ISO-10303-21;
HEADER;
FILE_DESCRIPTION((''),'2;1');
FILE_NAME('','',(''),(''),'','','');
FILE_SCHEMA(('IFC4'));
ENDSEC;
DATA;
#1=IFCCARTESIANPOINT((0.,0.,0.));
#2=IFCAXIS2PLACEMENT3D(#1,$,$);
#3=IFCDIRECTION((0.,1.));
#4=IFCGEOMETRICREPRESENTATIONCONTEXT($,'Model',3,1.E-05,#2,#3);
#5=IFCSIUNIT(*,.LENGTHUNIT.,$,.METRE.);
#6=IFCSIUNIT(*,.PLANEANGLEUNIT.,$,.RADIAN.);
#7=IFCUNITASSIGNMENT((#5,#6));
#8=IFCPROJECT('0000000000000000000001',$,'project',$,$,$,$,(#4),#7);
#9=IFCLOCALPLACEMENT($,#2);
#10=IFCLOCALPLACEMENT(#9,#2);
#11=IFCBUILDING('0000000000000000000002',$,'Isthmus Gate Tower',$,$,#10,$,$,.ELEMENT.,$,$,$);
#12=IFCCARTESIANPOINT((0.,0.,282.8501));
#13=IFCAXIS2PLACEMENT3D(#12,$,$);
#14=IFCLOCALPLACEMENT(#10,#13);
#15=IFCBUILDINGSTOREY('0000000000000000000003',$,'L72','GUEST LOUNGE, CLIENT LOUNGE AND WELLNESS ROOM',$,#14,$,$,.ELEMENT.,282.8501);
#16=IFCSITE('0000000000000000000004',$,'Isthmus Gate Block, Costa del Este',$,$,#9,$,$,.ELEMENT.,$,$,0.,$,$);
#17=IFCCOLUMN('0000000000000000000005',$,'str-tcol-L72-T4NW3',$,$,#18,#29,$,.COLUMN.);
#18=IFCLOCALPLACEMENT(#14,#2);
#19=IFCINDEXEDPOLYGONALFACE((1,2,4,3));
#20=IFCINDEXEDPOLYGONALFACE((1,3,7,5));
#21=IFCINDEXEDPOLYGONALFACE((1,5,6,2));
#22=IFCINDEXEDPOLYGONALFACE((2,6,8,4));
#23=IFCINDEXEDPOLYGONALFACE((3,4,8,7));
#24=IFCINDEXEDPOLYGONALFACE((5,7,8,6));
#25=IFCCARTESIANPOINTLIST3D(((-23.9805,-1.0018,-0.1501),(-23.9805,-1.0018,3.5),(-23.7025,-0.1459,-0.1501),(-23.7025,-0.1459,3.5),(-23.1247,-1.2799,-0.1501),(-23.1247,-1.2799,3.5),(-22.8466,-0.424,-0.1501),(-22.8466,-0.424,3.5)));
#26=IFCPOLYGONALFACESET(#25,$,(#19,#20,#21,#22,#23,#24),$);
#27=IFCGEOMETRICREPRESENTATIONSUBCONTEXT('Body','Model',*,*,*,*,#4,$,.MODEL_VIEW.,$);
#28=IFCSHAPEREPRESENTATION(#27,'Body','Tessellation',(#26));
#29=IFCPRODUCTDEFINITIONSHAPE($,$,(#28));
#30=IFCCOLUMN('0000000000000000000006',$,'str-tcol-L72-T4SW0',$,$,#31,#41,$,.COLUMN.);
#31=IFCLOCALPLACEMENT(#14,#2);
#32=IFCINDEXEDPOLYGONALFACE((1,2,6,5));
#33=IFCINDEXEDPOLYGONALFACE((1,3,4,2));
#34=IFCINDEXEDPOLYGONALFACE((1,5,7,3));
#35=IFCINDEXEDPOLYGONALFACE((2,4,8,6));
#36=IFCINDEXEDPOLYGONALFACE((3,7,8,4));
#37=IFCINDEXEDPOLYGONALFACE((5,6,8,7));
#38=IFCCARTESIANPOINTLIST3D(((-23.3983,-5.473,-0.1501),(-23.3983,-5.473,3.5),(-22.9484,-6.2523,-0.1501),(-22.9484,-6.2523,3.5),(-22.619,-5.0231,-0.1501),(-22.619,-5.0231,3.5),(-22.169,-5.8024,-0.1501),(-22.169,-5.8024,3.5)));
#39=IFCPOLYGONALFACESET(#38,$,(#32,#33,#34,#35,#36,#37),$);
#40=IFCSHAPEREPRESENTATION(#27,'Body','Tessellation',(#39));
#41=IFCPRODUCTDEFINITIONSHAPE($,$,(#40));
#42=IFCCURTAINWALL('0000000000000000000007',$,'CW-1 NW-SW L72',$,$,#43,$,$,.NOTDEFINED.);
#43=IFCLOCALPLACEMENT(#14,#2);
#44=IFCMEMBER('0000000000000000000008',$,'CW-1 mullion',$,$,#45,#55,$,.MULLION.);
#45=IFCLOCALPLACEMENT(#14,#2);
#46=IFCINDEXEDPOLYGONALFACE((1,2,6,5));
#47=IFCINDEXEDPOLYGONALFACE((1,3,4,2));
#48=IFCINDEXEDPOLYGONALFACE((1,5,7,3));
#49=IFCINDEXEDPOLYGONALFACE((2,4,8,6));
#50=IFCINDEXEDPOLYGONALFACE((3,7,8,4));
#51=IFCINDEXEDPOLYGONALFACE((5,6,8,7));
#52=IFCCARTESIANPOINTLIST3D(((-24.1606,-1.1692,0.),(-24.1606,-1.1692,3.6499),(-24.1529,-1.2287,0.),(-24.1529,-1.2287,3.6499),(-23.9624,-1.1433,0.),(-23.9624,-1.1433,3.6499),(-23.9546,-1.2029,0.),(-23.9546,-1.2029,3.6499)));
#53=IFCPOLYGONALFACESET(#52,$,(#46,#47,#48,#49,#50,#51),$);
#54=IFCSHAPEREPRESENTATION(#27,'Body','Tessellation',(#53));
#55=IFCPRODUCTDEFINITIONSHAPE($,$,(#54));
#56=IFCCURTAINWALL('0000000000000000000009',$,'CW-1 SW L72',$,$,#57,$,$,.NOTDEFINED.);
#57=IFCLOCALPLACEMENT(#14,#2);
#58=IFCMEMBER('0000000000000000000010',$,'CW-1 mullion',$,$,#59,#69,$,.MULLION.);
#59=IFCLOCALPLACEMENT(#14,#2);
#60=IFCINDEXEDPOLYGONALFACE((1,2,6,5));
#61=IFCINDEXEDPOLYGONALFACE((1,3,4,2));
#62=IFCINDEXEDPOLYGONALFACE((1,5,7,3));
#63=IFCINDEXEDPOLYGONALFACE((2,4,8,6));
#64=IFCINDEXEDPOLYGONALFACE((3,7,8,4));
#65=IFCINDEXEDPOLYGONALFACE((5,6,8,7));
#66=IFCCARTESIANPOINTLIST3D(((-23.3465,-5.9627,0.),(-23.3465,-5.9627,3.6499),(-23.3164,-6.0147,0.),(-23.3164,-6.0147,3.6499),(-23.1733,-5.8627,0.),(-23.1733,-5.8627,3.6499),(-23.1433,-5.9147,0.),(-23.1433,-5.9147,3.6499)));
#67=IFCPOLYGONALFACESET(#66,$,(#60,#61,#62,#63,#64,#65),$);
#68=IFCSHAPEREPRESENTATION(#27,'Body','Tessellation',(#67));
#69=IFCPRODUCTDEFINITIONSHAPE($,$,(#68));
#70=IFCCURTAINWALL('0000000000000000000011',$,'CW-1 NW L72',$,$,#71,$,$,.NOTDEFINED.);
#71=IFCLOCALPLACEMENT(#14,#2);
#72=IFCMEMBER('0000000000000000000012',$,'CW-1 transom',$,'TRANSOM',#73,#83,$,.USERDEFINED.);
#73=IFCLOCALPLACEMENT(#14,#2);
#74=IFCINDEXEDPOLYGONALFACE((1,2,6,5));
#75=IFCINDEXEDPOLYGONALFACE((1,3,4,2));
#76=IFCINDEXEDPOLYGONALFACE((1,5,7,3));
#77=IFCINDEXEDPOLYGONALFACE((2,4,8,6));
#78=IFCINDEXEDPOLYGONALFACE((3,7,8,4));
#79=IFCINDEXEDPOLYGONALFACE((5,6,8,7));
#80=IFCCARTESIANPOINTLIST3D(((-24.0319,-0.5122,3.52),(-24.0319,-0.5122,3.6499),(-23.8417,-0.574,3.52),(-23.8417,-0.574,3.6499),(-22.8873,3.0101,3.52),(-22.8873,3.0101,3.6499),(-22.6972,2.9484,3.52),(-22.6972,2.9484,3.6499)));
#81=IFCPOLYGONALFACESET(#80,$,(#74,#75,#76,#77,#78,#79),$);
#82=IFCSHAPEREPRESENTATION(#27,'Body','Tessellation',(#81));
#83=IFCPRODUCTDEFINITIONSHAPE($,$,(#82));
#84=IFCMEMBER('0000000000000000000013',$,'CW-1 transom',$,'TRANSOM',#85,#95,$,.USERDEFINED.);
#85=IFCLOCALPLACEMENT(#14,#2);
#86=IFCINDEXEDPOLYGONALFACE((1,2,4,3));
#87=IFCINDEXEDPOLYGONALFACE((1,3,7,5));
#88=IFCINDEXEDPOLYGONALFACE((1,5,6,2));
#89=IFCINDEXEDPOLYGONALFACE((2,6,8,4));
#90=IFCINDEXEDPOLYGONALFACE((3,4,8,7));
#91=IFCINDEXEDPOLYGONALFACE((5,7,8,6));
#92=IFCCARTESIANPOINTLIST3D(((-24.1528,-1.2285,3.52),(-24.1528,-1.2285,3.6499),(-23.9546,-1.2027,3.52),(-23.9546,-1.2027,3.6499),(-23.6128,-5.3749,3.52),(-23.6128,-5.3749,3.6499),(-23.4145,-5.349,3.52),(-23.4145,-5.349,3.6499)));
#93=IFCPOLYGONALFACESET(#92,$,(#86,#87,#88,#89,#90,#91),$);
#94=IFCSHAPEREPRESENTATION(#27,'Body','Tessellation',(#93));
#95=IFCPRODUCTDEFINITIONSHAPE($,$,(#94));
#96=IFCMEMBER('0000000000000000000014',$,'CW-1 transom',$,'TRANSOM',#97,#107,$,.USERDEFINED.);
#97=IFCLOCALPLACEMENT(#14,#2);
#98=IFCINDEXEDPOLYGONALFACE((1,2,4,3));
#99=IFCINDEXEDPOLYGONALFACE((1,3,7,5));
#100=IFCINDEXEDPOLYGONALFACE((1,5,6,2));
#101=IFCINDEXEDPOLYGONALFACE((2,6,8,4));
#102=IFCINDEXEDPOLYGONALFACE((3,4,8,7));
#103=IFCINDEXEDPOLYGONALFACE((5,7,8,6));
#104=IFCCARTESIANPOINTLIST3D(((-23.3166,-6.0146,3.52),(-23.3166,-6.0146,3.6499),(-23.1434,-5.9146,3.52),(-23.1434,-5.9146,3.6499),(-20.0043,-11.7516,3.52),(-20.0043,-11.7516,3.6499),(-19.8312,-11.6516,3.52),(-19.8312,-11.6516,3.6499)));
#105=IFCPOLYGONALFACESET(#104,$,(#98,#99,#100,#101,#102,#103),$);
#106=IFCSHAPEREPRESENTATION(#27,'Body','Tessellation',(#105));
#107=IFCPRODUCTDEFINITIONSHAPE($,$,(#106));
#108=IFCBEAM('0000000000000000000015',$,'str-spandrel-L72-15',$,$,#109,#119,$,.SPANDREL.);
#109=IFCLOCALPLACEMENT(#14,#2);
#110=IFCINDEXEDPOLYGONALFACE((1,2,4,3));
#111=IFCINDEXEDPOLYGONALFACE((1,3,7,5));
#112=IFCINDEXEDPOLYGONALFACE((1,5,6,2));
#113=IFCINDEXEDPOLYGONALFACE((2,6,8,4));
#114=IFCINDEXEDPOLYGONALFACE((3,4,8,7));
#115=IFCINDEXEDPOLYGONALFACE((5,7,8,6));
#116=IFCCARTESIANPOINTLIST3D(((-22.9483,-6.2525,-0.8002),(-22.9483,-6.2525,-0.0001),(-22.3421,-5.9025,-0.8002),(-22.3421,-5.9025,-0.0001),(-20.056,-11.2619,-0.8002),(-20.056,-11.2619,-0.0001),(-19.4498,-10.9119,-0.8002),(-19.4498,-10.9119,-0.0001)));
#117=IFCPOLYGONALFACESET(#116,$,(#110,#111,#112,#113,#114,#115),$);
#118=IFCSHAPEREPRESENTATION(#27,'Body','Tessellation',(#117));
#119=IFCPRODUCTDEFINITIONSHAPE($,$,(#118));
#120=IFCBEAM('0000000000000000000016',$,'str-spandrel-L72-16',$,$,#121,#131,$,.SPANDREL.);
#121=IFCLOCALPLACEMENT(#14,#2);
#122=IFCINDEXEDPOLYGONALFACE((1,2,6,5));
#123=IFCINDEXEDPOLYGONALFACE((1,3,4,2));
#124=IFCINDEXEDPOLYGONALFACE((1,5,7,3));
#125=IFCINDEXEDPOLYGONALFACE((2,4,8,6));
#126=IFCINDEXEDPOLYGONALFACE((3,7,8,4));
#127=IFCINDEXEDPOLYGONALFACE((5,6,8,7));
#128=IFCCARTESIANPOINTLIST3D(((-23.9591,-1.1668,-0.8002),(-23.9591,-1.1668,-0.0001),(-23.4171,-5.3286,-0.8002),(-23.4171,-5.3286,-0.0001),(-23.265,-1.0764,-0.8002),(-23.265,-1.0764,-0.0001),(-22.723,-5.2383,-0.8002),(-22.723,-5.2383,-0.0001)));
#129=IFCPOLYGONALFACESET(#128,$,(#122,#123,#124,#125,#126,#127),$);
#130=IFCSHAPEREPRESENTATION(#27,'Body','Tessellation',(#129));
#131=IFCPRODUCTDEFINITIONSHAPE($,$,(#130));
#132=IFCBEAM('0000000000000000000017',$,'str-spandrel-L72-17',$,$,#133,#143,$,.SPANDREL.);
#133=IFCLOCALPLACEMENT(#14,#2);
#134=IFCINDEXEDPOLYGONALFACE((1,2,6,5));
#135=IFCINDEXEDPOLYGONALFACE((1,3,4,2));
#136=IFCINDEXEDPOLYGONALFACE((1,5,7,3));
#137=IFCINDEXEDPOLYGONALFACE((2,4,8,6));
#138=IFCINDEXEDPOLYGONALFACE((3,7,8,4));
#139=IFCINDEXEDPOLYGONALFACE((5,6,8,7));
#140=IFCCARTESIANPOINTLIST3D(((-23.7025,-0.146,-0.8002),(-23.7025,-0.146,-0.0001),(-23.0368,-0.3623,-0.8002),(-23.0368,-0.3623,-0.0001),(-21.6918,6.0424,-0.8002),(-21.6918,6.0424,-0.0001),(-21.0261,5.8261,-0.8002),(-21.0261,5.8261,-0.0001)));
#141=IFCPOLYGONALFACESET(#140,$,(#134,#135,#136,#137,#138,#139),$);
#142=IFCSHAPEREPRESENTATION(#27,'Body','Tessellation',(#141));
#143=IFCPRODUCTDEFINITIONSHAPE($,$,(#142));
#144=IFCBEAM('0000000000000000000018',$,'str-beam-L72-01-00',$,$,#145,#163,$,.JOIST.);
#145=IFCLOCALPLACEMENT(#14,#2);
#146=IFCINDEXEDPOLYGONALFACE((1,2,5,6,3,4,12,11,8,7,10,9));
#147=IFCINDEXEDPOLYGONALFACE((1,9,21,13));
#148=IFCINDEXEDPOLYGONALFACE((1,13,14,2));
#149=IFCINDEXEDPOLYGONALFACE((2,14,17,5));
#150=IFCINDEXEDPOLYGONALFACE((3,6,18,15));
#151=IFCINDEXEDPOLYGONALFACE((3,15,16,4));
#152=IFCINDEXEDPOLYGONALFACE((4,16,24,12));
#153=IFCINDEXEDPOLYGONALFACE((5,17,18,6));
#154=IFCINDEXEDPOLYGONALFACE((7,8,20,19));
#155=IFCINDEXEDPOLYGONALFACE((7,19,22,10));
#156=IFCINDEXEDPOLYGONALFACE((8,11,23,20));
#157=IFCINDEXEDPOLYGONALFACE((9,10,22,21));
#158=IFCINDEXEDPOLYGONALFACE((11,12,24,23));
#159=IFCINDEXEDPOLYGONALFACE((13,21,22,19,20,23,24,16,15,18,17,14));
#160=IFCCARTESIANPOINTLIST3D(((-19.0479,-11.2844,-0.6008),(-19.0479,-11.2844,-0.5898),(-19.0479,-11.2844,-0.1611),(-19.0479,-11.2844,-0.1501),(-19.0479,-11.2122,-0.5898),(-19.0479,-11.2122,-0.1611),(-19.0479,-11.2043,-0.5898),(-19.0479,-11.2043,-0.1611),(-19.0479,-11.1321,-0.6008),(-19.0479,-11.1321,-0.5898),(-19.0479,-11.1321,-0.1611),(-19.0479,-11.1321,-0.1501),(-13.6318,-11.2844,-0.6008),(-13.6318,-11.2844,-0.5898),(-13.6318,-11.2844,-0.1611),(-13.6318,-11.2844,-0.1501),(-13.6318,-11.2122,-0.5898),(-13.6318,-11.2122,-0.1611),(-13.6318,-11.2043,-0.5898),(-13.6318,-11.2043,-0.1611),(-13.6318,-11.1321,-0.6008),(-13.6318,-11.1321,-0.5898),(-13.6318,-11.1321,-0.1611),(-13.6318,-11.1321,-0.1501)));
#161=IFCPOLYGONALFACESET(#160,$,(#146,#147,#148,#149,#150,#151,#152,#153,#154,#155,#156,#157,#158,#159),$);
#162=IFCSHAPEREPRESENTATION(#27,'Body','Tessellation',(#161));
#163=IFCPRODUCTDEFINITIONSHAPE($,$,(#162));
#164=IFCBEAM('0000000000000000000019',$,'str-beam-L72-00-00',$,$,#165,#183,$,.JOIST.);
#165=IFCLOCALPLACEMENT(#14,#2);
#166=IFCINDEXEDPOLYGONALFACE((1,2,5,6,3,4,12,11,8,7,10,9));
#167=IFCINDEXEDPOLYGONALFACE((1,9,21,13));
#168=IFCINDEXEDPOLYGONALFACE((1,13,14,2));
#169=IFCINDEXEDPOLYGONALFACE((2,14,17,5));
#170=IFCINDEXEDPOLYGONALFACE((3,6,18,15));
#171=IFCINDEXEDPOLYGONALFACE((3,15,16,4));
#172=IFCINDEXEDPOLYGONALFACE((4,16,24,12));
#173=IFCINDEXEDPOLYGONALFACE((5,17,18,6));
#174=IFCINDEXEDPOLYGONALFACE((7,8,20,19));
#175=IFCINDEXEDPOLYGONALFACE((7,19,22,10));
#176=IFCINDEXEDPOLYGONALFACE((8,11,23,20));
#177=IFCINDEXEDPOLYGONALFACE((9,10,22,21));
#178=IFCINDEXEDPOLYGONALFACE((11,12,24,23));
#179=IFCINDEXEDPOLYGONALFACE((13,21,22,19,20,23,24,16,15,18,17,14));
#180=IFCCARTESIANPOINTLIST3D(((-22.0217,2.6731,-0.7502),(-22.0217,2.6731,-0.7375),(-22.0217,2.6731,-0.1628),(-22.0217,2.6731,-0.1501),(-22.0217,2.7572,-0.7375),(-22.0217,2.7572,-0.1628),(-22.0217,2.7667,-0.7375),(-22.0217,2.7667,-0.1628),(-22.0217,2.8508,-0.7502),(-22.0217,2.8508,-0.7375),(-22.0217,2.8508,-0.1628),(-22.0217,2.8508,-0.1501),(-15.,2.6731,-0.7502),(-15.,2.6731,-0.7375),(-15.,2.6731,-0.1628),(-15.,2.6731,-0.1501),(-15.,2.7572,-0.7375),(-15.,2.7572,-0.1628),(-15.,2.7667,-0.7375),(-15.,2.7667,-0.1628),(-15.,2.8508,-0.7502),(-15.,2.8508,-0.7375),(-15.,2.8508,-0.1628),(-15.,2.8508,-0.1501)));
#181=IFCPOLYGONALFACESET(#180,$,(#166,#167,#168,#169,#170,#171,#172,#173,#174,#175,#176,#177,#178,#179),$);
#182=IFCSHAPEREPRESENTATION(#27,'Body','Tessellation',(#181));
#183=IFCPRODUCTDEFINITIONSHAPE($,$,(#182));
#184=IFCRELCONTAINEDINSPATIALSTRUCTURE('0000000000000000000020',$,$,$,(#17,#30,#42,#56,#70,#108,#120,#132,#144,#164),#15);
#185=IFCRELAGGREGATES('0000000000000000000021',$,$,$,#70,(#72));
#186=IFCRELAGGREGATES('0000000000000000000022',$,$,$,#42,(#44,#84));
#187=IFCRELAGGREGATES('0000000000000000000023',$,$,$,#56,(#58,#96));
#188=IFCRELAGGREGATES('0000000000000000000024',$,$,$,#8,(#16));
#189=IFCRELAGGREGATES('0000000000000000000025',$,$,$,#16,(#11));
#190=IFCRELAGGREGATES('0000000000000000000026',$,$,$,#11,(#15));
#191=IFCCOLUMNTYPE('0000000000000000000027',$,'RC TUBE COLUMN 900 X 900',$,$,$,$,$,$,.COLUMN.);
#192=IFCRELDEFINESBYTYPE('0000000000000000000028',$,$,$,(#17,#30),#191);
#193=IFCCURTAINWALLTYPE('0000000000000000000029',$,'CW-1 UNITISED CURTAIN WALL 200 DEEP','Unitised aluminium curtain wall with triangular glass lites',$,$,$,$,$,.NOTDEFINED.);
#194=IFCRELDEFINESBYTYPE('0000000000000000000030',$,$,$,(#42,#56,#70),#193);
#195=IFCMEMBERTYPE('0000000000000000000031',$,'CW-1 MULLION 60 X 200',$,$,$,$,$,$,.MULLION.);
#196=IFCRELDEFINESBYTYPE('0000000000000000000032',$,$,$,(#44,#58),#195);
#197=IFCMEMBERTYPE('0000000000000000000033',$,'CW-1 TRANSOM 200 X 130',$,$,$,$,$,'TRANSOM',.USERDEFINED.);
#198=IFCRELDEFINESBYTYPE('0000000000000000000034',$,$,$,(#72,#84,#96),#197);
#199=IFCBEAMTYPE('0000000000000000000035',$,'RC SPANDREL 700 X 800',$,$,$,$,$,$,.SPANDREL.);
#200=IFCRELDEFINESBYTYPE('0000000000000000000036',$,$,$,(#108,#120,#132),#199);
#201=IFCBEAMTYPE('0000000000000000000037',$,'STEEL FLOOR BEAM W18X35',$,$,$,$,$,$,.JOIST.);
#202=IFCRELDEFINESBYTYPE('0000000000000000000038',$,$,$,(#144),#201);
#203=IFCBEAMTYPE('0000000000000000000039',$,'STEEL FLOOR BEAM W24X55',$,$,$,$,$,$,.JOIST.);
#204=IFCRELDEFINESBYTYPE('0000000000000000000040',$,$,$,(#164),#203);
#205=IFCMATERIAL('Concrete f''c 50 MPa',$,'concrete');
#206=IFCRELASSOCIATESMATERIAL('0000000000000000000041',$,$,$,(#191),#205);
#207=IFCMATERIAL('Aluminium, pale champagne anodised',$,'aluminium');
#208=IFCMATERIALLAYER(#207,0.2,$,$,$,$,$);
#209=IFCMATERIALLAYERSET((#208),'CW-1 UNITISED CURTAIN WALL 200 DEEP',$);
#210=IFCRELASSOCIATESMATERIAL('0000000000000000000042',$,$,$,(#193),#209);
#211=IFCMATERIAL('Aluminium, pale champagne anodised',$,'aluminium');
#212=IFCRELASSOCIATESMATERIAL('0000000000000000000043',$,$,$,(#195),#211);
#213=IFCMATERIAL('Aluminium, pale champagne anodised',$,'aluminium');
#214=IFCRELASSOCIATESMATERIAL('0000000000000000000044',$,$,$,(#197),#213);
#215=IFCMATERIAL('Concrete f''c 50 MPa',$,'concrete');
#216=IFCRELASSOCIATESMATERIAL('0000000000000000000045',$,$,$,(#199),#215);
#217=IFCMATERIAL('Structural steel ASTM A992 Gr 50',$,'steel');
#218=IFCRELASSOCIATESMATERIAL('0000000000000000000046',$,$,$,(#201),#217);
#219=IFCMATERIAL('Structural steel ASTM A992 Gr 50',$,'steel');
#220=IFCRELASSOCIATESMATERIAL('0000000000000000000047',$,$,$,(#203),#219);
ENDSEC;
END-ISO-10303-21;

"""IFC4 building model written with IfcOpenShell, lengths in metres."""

from ifc_helpers import new_model, si_unit, direction, frame, origin, origin_2d, place, context, subcontext, project, spatial, rectangle, i_section, extrude, material, layer, layer_set, material_profile, profile_set, type_object, element, aggregate, save


model = new_model("IFC4")

# Units and contexts
model_context = context("Model", 3, precision=1e-05, world=origin(), true_north=direction((0.0, 1.0)))
body_context = subcontext(model_context, "Body", "Model", "MODEL_VIEW")
ifc_project = project(units=[si_unit("LENGTHUNIT", "METRE"), si_unit("PLANEANGLEUNIT", "RADIAN")], contexts=[model_context])

# Site, building, storey
site_placement = place(None, origin())
site = spatial("IfcSite", under=ifc_project, at=site_placement, Name="Isthmus Gate Block, Costa del Este", CompositionType="ELEMENT", RefElevation=0.0)
building_placement = place(site_placement, origin())
building = spatial("IfcBuilding", under=site, at=building_placement, Name="Isthmus Gate Tower", CompositionType="ELEMENT")
storey_placement = place(building_placement, frame((0.0, 0.0, 282.8501)))
storey = spatial("IfcBuildingStorey", under=building, at=storey_placement, Name="L72", Description="GUEST LOUNGE, CLIENT LOUNGE AND WELLNESS ROOM", CompositionType="ELEMENT", Elevation=282.8501)

# Columns
ifc_material_1 = material(Name="Concrete f'c 50 MPa", Category="concrete")
ifc_material_profile_1 = material_profile(ifc_material_1, rectangle(XDim=0.8999, YDim=0.8999, at=origin_2d()), Name="RC 900X900")
ifc_profile_set_1 = profile_set([ifc_material_profile_1], Name="Concrete f'c 50 MPa")
column_type = type_object("IfcColumnType", Name="RC TUBE COLUMN 900 X 900", PredefinedType="COLUMN", material=ifc_profile_set_1)
for number, where, z_axis, x_axis, name in (
    (1, (-23.4136, -0.7129, -0.1501), (0.0, 0.0, 1.0), (-0.309017, -0.951057, 0.0), "str-tcol-L72-T4NW3"),
    (2, (-22.7837, -5.6377, -0.1501), (0.0, 0.0, 1.0), (0.5, -0.866025, 0.0), "str-tcol-L72-T4SW0"),
):
    element("IfcColumn", number, at=place(storey_placement, frame(where, z_axis=z_axis, x_axis=x_axis)), inside=storey, type_object=column_type, Name=name, PredefinedType="COLUMN", context=body_context, shape_type="SweptSolid", body=[
        extrude(rectangle(XDim=0.8999, YDim=0.8999, at=origin_2d()), origin(), (0.0, 0.0, 1.0), 3.6501),
    ])

# Curtain walls, members
ifc_material_2 = material(Name="Aluminium, pale champagne anodised", Category="aluminium")
ifc_layer_1 = layer(ifc_material_2, 0.2)
ifc_layer_set_1 = layer_set([ifc_layer_1], Name="CW-1 UNITISED CURTAIN WALL 200 DEEP")
curtain_wall_type = type_object("IfcCurtainWallType", Name="CW-1 UNITISED CURTAIN WALL 200 DEEP", Description="Unitised aluminium curtain wall with triangular glass lites", PredefinedType="NOTDEFINED", material=ifc_layer_set_1)
curtain_wall_1_placement = place(storey_placement, origin())
curtain_wall_1 = element("IfcCurtainWall", 3, at=curtain_wall_1_placement, inside=storey, type_object=curtain_wall_type, Name="CW-1 NW-SW L72", PredefinedType="NOTDEFINED")
ifc_material_3 = material(Name="Aluminium, pale champagne anodised", Category="aluminium")
ifc_material_profile_2 = material_profile(ifc_material_3, rectangle(XDim=0.0601, YDim=0.2, at=origin_2d()), Name="60x200")
ifc_profile_set_2 = profile_set([ifc_material_profile_2], Name="Aluminium, pale champagne anodised")
member_type_1 = type_object("IfcMemberType", Name="CW-1 MULLION 60 X 200", PredefinedType="MULLION", material=ifc_profile_set_2)
member_1_placement = place(storey_placement, frame((-24.0576, -1.186, 0.0), z_axis=(0.0, 0.0, 1.0), x_axis=(0.129165, -0.991623, 0.0)))
member_1 = element("IfcMember", 4, at=member_1_placement, type_object=member_type_1, Name="CW-1 mullion", PredefinedType="MULLION", context=body_context, shape_type="SweptSolid", body=[
    extrude(rectangle(XDim=0.0601, YDim=0.2, at=origin_2d()), origin(), (0.0, 0.0, 1.0), 3.6499),
])
curtain_wall_2_placement = place(storey_placement, origin())
curtain_wall_2 = element("IfcCurtainWall", 5, at=curtain_wall_2_placement, inside=storey, type_object=curtain_wall_type, Name="CW-1 SW L72", PredefinedType="NOTDEFINED")
member_2_placement = place(storey_placement, frame((-23.2449, -5.9387, 0.0), z_axis=(0.0, 0.0, 1.0), x_axis=(0.5, -0.866025, 0.0)))
member_2 = element("IfcMember", 6, at=member_2_placement, type_object=member_type_1, Name="CW-1 mullion", PredefinedType="MULLION", context=body_context, shape_type="SweptSolid", body=[
    extrude(rectangle(XDim=0.0601, YDim=0.2, at=origin_2d()), origin(), (0.0, 0.0, 1.0), 3.6499),
])
curtain_wall_3_placement = place(storey_placement, origin())
curtain_wall_3 = element("IfcCurtainWall", 7, at=curtain_wall_3_placement, inside=storey, type_object=curtain_wall_type, Name="CW-1 NW L72", PredefinedType="NOTDEFINED")
ifc_material_4 = material(Name="Aluminium, pale champagne anodised", Category="aluminium")
ifc_material_profile_3 = material_profile(ifc_material_4, rectangle(XDim=0.2, YDim=0.1299, at=origin_2d()), Name="200x130")
ifc_profile_set_3 = profile_set([ifc_material_profile_3], Name="Aluminium, pale champagne anodised")
member_type_2 = type_object("IfcMemberType", Name="CW-1 TRANSOM 200 X 130", ElementType="TRANSOM", PredefinedType="USERDEFINED", material=ifc_profile_set_3)
member_3_placement = place(storey_placement, frame((-22.7922, 2.9792, 3.585), z_axis=(-0.30904, -0.951049, 0.0), x_axis=(0.951049, -0.30904, 0.0)))
member_3 = element("IfcMember", 8, at=member_3_placement, type_object=member_type_2, Name="CW-1 transom", ObjectType="TRANSOM", PredefinedType="USERDEFINED", context=body_context, shape_type="SweptSolid", body=[
    extrude(rectangle(XDim=0.2, YDim=0.1299, at=origin_2d()), origin(), (0.0, 0.0, 1.0), 3.7036),
])

# Members
member_4_placement = place(storey_placement, frame((-24.0537, -1.2156, 3.585), z_axis=(0.129149, -0.991625, 0.0), x_axis=(0.991625, 0.129149, 0.0)))
member_4 = element("IfcMember", 9, at=member_4_placement, type_object=member_type_2, Name="CW-1 transom", ObjectType="TRANSOM", PredefinedType="USERDEFINED", context=body_context, shape_type="SweptSolid", body=[
    extrude(rectangle(XDim=0.2, YDim=0.1299, at=origin_2d()), origin(), (0.0, 0.0, 1.0), 4.1814),
])
member_5_placement = place(storey_placement, frame((-23.23, -5.9646, 3.585), z_axis=(0.499996, -0.866028, 0.0), x_axis=(0.866028, 0.499996, 0.0)))
member_5 = element("IfcMember", 10, at=member_5_placement, type_object=member_type_2, Name="CW-1 transom", ObjectType="TRANSOM", PredefinedType="USERDEFINED", context=body_context, shape_type="SweptSolid", body=[
    extrude(rectangle(XDim=0.2, YDim=0.1299, at=origin_2d()), origin(), (0.0, 0.0, 1.0), 6.6245),
])

# Beams
ifc_material_5 = material(Name="Concrete f'c 50 MPa", Category="concrete")
ifc_material_profile_4 = material_profile(ifc_material_5, rectangle(XDim=0.7, YDim=0.8, at=origin_2d()), Name="RC 700X800")
ifc_profile_set_4 = profile_set([ifc_material_profile_4], Name="Concrete f'c 50 MPa")
beam_type_1 = type_object("IfcBeamType", Name="RC SPANDREL 700 X 800", PredefinedType="SPANDREL", material=ifc_profile_set_4)
beam_1_placement = place(storey_placement, frame((-19.7529, -11.0869, -0.4001), z_axis=(-0.500011, 0.866019, 0.0), x_axis=(-0.866019, -0.500011, 0.0)))
element("IfcBeam", 11, at=beam_1_placement, inside=storey, type_object=beam_type_1, Name="str-spandrel-L72-15", PredefinedType="SPANDREL", context=body_context, shape_type="SweptSolid", body=[
    extrude(rectangle(XDim=0.7, YDim=0.8, at=origin_2d()), origin(), (0.0, 0.0, 1.0), 5.7844),
])
beam_2_placement = place(storey_placement, frame((-23.0701, -5.2834, -0.4001), z_axis=(-0.129138, 0.991627, 0.0), x_axis=(-0.991627, -0.129138, 0.0)))
element("IfcBeam", 12, at=beam_2_placement, inside=storey, type_object=beam_type_1, Name="str-spandrel-L72-16", PredefinedType="SPANDREL", context=body_context, shape_type="SweptSolid", body=[
    extrude(rectangle(XDim=0.7, YDim=0.8, at=origin_2d()), origin(), (0.0, 0.0, 1.0), 4.197),
])
beam_3_placement = place(storey_placement, frame((-23.3696, -0.2542, -0.4001), z_axis=(0.309015, 0.951057, 0.0), x_axis=(-0.951057, 0.309015, 0.0)))
element("IfcBeam", 13, at=beam_3_placement, inside=storey, type_object=beam_type_1, Name="str-spandrel-L72-17", PredefinedType="SPANDREL", context=body_context, shape_type="SweptSolid", body=[
    extrude(rectangle(XDim=0.7, YDim=0.8, at=origin_2d()), origin(), (0.0, 0.0, 1.0), 6.5068),
])
ifc_material_6 = material(Name="Structural steel ASTM A992 Gr 50", Category="steel")
ifc_material_profile_5 = material_profile(ifc_material_6, i_section(OverallWidth=0.1523, OverallDepth=0.4507, WebThickness=0.0078, FlangeThickness=0.011, at=origin_2d()), Name="W18X35")
ifc_profile_set_5 = profile_set([ifc_material_profile_5], Name="Structural steel ASTM A992 Gr 50")
beam_type_2 = type_object("IfcBeamType", Name="STEEL FLOOR BEAM W18X35", PredefinedType="JOIST", material=ifc_profile_set_5)
beam_4_placement = place(storey_placement, frame((-19.0479, -11.2083, -0.3755), z_axis=(1.0, 0.0, 0.0), x_axis=(0.0, 1.0, 0.0)))
element("IfcBeam", 14, at=beam_4_placement, inside=storey, type_object=beam_type_2, Name="str-beam-L72-01-00", PredefinedType="JOIST", context=body_context, shape_type="SweptSolid", body=[
    extrude(i_section(OverallWidth=0.1523, OverallDepth=0.4507, WebThickness=0.0078, FlangeThickness=0.011, at=origin_2d()), origin(), (0.0, 0.0, 1.0), 5.416),
])
ifc_material_7 = material(Name="Structural steel ASTM A992 Gr 50", Category="steel")
ifc_material_profile_6 = material_profile(ifc_material_7, i_section(OverallWidth=0.1777, OverallDepth=0.6001, WebThickness=0.0095, FlangeThickness=0.0127, at=origin_2d()), Name="W24X55")
ifc_profile_set_6 = profile_set([ifc_material_profile_6], Name="Structural steel ASTM A992 Gr 50")
beam_type_3 = type_object("IfcBeamType", Name="STEEL FLOOR BEAM W24X55", PredefinedType="JOIST", material=ifc_profile_set_6)
beam_5_placement = place(storey_placement, frame((-22.0217, 2.762, -0.4502), z_axis=(1.0, 0.0, 0.0), x_axis=(0.0, 1.0, 0.0)))
element("IfcBeam", 15, at=beam_5_placement, inside=storey, type_object=beam_type_3, Name="str-beam-L72-00-00", PredefinedType="JOIST", context=body_context, shape_type="SweptSolid", body=[
    extrude(i_section(OverallWidth=0.1777, OverallDepth=0.6001, WebThickness=0.0095, FlangeThickness=0.0127, at=origin_2d()), origin(), (0.0, 0.0, 1.0), 7.0217),
])

aggregate(curtain_wall_3, [member_3])
aggregate(curtain_wall_1, [member_1, member_4])
aggregate(curtain_wall_2, [member_2, member_5])

save(model, "model.ifc")
